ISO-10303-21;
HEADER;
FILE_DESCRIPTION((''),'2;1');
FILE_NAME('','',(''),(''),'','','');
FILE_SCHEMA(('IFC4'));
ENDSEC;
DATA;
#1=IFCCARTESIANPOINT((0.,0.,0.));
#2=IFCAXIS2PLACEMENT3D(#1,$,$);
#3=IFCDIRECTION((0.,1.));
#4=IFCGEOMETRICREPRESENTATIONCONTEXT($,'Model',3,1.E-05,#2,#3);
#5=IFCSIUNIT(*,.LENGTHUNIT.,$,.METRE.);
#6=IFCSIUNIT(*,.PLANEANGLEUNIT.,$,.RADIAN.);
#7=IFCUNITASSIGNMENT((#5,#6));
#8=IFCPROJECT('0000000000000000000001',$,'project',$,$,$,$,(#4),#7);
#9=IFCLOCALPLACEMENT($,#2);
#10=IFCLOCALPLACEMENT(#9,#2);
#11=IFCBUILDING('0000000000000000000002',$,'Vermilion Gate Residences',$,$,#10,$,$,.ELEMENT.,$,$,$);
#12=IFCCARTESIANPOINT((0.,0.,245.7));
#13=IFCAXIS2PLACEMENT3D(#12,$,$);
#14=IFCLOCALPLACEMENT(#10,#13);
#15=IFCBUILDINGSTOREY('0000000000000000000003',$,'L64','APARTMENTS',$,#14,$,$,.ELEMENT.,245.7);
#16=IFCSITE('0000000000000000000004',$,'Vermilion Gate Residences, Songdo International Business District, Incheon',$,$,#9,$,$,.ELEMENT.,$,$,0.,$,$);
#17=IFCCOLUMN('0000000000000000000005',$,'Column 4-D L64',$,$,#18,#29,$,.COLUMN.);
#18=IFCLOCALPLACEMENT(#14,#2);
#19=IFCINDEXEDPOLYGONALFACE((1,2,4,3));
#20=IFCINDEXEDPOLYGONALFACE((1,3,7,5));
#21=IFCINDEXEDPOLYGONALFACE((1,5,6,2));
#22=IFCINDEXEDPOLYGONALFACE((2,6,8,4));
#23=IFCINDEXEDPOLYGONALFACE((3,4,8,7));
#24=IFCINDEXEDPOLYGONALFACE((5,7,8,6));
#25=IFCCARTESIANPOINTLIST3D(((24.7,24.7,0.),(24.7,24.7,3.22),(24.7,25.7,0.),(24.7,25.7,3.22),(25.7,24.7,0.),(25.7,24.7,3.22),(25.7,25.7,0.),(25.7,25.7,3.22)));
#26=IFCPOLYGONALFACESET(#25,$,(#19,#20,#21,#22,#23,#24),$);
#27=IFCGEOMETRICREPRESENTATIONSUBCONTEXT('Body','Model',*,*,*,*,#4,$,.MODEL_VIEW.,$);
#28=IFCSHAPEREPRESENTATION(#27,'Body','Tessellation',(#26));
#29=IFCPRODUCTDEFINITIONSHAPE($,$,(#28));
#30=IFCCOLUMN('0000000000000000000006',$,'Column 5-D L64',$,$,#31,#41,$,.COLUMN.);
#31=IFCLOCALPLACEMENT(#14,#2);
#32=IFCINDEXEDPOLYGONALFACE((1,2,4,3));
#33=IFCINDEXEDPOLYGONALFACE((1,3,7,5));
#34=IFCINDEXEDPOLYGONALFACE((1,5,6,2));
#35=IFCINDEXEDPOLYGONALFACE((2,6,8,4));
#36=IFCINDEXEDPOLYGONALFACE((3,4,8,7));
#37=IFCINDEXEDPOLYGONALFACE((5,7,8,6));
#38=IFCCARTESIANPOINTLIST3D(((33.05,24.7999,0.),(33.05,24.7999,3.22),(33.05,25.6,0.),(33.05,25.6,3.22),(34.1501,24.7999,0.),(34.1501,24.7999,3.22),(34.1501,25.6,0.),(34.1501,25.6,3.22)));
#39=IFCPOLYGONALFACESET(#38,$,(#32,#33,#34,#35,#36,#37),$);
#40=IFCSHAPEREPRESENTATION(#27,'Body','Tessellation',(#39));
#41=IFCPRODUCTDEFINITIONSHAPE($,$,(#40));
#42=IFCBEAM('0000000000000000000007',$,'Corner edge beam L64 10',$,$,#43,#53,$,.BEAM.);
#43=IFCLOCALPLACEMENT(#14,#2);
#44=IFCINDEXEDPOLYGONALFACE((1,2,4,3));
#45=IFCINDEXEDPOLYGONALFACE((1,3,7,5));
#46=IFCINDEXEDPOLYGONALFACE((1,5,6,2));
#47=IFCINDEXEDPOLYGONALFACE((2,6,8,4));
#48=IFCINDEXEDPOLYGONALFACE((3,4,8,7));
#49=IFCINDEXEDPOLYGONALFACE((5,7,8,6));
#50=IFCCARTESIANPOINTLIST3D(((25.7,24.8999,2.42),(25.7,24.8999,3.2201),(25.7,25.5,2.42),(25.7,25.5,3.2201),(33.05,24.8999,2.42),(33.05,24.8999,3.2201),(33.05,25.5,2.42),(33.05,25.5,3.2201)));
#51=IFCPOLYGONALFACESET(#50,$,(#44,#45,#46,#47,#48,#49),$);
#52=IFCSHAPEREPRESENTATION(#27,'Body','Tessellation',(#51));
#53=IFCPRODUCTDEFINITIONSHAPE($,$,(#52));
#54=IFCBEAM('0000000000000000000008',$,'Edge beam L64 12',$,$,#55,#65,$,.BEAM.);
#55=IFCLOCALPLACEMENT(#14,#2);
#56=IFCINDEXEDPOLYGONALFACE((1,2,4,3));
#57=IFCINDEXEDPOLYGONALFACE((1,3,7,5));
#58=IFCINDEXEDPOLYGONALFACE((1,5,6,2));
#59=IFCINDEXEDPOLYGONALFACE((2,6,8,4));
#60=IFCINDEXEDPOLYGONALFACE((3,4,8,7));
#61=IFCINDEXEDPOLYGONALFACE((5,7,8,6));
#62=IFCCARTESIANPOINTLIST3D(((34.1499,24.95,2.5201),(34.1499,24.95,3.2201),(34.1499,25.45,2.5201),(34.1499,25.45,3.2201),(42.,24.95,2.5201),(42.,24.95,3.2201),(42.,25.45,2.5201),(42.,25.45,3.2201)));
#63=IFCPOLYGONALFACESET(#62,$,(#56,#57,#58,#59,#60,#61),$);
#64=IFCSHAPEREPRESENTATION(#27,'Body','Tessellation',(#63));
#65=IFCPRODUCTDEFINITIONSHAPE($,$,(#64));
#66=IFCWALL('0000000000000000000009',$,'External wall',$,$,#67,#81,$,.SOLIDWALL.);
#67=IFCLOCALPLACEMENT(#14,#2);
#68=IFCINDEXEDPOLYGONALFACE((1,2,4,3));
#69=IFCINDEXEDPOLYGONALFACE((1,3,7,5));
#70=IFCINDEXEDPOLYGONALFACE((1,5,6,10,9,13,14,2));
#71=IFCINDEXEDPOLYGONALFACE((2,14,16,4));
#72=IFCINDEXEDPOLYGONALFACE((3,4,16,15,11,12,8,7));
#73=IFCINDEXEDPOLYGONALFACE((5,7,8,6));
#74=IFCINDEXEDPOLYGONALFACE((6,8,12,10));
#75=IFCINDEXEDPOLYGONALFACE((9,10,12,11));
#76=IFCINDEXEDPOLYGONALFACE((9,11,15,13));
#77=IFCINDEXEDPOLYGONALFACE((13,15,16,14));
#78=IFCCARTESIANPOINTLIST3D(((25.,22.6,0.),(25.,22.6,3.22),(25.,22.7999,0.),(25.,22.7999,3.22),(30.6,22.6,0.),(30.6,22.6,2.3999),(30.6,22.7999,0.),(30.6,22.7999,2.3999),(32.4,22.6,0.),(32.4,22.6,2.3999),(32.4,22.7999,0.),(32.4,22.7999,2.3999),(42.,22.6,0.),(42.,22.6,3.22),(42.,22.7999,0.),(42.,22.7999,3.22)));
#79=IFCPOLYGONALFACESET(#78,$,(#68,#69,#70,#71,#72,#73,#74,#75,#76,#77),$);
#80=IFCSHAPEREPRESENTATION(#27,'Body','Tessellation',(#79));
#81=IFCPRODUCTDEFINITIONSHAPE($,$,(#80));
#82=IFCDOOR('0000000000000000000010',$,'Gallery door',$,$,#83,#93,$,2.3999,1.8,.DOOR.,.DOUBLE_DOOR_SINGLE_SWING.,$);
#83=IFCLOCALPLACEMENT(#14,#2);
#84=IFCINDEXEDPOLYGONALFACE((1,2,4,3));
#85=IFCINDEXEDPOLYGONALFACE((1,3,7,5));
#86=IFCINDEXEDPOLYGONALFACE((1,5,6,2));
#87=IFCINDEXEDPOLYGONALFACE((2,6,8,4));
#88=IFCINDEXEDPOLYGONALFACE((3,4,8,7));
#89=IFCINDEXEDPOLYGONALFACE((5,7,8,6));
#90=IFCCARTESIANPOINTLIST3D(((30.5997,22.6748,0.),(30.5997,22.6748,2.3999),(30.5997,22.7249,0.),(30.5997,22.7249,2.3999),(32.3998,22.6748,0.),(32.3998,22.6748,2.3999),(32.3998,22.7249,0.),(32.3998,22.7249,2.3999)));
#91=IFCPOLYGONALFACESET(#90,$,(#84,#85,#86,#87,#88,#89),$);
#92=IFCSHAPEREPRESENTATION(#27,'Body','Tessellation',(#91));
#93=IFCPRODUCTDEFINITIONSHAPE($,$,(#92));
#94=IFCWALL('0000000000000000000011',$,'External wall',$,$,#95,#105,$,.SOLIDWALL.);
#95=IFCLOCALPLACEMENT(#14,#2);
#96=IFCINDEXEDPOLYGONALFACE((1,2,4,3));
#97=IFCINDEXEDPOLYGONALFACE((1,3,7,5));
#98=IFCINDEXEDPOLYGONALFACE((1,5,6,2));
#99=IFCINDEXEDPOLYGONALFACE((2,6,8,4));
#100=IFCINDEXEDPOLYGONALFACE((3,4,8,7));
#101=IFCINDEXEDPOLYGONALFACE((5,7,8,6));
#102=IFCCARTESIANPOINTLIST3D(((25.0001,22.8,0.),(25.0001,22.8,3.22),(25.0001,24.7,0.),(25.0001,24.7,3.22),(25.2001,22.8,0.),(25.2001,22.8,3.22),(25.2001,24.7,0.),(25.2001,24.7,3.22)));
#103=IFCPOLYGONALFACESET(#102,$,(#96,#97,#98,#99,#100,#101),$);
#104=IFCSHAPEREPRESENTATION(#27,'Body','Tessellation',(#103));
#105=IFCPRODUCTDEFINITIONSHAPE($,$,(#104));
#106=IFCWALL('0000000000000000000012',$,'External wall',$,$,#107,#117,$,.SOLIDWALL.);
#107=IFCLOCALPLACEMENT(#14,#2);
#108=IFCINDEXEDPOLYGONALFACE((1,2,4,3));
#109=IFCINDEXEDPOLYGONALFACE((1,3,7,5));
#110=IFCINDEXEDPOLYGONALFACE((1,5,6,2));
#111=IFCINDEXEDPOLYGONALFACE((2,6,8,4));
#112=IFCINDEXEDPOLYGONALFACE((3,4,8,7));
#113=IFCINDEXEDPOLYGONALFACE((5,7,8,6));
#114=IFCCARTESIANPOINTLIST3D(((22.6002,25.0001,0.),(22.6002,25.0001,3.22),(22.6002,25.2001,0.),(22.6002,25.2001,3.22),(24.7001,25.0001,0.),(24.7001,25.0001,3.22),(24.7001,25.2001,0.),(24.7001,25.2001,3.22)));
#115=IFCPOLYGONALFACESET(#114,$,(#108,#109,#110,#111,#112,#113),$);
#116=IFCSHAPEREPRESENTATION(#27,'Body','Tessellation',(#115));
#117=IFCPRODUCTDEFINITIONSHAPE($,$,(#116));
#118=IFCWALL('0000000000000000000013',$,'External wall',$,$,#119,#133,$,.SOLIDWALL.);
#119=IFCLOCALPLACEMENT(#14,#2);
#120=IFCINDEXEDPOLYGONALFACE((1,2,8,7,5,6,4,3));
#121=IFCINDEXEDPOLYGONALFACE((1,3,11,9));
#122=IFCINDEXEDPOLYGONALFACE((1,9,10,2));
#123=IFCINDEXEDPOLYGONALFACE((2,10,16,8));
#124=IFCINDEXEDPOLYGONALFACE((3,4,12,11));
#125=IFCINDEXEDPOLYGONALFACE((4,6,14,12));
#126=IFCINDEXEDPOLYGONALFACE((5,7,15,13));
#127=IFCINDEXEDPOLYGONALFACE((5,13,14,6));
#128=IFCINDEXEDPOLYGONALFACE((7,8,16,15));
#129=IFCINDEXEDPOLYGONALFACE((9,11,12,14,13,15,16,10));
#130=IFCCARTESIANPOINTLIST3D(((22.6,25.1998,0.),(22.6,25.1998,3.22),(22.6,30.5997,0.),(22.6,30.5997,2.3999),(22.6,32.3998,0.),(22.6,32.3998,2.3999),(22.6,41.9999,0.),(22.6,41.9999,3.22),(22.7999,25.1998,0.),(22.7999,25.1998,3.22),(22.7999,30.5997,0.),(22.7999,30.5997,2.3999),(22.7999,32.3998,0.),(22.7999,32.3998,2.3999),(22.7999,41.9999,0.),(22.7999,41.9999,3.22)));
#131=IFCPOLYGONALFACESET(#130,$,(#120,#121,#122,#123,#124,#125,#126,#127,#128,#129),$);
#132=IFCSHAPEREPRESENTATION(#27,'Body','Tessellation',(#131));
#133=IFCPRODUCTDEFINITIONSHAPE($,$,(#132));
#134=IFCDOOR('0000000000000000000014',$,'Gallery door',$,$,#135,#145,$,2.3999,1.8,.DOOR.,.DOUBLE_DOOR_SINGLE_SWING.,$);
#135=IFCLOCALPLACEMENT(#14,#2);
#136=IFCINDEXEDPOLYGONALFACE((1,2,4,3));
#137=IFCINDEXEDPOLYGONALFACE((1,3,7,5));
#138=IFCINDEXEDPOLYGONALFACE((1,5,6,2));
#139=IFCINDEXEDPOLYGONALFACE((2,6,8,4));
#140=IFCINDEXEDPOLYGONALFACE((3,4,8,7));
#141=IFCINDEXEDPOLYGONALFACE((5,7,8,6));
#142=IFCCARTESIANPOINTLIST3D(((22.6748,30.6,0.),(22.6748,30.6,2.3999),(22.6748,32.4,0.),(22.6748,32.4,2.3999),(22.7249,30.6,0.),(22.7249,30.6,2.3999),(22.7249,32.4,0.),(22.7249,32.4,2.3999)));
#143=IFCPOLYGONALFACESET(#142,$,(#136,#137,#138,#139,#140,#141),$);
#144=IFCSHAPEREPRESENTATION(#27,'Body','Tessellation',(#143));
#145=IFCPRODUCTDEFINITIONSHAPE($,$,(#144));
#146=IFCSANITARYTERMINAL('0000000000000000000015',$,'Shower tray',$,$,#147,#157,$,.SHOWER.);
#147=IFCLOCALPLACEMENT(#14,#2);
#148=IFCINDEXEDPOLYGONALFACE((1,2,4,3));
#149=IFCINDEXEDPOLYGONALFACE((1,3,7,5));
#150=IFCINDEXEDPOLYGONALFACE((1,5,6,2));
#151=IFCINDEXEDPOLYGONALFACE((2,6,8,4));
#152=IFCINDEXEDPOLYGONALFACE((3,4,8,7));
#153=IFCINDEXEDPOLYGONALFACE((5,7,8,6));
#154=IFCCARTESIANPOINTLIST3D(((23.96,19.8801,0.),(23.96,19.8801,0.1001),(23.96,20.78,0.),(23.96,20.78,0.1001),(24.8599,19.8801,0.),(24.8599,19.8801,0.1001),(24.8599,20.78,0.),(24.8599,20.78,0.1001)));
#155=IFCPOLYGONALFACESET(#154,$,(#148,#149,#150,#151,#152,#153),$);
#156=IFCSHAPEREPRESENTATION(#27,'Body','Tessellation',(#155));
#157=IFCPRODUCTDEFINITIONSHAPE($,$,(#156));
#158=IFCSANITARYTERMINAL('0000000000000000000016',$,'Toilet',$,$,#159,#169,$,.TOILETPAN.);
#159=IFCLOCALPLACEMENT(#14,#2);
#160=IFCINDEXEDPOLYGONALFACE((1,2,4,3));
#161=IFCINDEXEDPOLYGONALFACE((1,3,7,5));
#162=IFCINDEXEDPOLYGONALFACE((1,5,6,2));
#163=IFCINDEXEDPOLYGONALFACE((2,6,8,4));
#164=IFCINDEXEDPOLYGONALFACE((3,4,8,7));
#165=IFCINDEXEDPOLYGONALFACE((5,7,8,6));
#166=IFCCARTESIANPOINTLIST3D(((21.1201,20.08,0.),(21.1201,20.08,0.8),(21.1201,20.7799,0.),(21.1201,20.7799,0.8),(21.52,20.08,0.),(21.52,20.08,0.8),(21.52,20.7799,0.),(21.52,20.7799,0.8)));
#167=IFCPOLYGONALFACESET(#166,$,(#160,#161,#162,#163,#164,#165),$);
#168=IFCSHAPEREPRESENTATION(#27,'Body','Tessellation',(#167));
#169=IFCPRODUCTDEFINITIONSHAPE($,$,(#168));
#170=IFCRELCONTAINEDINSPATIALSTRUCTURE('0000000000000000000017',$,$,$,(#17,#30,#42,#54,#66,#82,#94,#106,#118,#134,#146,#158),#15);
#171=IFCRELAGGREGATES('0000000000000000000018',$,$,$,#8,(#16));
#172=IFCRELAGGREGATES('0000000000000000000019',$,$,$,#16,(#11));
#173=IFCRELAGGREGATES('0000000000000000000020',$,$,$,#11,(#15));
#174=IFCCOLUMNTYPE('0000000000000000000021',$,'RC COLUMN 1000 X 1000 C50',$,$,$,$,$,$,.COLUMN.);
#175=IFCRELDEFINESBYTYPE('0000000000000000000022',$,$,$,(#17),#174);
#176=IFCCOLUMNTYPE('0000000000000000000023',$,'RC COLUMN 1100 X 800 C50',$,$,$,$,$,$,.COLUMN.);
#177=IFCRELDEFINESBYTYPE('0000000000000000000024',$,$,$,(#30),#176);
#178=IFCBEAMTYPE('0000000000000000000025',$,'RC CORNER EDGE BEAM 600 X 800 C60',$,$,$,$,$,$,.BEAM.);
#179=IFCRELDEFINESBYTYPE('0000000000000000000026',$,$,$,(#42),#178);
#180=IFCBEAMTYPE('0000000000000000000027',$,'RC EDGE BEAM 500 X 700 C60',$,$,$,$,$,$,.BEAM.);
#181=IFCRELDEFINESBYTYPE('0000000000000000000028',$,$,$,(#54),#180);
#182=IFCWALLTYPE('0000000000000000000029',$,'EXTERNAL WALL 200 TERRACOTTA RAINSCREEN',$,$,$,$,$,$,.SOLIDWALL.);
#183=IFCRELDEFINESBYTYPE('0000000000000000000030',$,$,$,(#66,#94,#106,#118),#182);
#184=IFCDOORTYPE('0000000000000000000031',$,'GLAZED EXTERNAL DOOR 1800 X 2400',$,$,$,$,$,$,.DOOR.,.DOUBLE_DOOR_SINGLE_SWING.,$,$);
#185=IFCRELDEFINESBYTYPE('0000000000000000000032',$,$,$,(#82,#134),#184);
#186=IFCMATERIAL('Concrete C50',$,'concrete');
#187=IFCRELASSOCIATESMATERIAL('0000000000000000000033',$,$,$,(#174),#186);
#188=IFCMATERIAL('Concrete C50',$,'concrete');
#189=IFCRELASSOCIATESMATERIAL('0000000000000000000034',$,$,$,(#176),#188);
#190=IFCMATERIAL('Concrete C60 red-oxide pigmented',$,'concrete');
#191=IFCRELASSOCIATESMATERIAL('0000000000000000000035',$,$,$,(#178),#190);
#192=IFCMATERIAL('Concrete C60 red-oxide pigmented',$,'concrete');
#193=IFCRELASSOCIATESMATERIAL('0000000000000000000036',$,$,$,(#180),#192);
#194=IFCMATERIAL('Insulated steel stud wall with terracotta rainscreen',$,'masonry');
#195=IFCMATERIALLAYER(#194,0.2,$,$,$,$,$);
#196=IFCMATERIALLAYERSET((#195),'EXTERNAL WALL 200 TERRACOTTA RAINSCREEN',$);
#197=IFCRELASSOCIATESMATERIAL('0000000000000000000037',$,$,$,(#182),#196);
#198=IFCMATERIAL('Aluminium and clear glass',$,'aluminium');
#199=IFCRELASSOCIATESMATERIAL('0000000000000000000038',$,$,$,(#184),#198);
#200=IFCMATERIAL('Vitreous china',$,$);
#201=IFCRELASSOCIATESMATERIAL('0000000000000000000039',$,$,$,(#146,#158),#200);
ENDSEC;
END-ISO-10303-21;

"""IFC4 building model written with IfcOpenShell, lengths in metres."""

from ifc_helpers import new_model, si_unit, direction, frame, frame_2d, origin, origin_2d, place, context, subcontext, project, spatial, rectangle, extrude, material, layer, layer_set, material_profile, profile_set, type_object, element, fill, save


model = new_model("IFC4")

# Units and contexts
model_context = context("Model", 3, precision=1e-05, world=origin(), true_north=direction((0.0, 1.0)))
body_context = subcontext(model_context, "Body", "Model", "MODEL_VIEW")
ifc_project = project(units=[si_unit("LENGTHUNIT", "METRE"), si_unit("PLANEANGLEUNIT", "RADIAN")], contexts=[model_context])

# Site, building, storey
site_placement = place(None, origin())
site = spatial("IfcSite", under=ifc_project, at=site_placement, Name="Vermilion Gate Residences, Songdo International Business District, Incheon", CompositionType="ELEMENT", RefElevation=0.0)
building_placement = place(site_placement, origin())
building = spatial("IfcBuilding", under=site, at=building_placement, Name="Vermilion Gate Residences", CompositionType="ELEMENT")
storey_placement = place(building_placement, frame((0.0, 0.0, 245.7)))
storey = spatial("IfcBuildingStorey", under=building, at=storey_placement, Name="L64", Description="APARTMENTS", CompositionType="ELEMENT", Elevation=245.7)

# Columns
ifc_material_1 = material(Name="Concrete C50", Category="concrete")
ifc_material_profile_1 = material_profile(ifc_material_1, rectangle(XDim=1.0, YDim=1.0, at=origin_2d()), Name="RC-1000x1000")
ifc_profile_set_1 = profile_set([ifc_material_profile_1], Name="Concrete C50")
column_type_1 = type_object("IfcColumnType", Name="RC COLUMN 1000 X 1000 C50", PredefinedType="COLUMN", material=ifc_profile_set_1)
column_1_placement = place(storey_placement, frame((25.2, 25.2, 0.0), z_axis=(0.0, 0.0, 1.0), x_axis=(1.0, 0.0, 0.0)))
element("IfcColumn", 1, at=column_1_placement, inside=storey, type_object=column_type_1, Name="Column 4-D L64", PredefinedType="COLUMN", context=body_context, shape_type="SweptSolid", body=[
    extrude(rectangle(XDim=1.0, YDim=1.0, at=origin_2d()), origin(), (0.0, 0.0, 1.0), 3.22),
])
ifc_material_2 = material(Name="Concrete C50", Category="concrete")
ifc_material_profile_2 = material_profile(ifc_material_2, rectangle(XDim=1.1001, YDim=0.8, at=origin_2d()), Name="RC-1100x800")
ifc_profile_set_2 = profile_set([ifc_material_profile_2], Name="Concrete C50")
column_type_2 = type_object("IfcColumnType", Name="RC COLUMN 1100 X 800 C50", PredefinedType="COLUMN", material=ifc_profile_set_2)
column_2_placement = place(storey_placement, frame((33.6001, 25.2, 0.0), z_axis=(0.0, 0.0, 1.0), x_axis=(1.0, 0.0, 0.0)))
element("IfcColumn", 2, at=column_2_placement, inside=storey, type_object=column_type_2, Name="Column 5-D L64", PredefinedType="COLUMN", context=body_context, shape_type="SweptSolid", body=[
    extrude(rectangle(XDim=1.1001, YDim=0.8, at=origin_2d()), origin(), (0.0, 0.0, 1.0), 3.22),
])

# Beams
ifc_material_3 = material(Name="Concrete C60 red-oxide pigmented", Category="concrete")
ifc_material_profile_3 = material_profile(ifc_material_3, rectangle(XDim=0.6001, YDim=0.8, at=origin_2d()), Name="RC-600x800")
ifc_profile_set_3 = profile_set([ifc_material_profile_3], Name="Concrete C60 red-oxide pigmented")
beam_type_1 = type_object("IfcBeamType", Name="RC CORNER EDGE BEAM 600 X 800 C60", PredefinedType="BEAM", material=ifc_profile_set_3)
beam_1_placement = place(storey_placement, frame((25.7, 25.2, 2.8201), z_axis=(1.0, 0.0, 0.0), x_axis=(0.0, 1.0, 0.0)))
element("IfcBeam", 3, at=beam_1_placement, inside=storey, type_object=beam_type_1, Name="Corner edge beam L64 10", PredefinedType="BEAM", context=body_context, shape_type="SweptSolid", body=[
    extrude(rectangle(XDim=0.6001, YDim=0.8, at=origin_2d()), origin(), (0.0, 0.0, 1.0), 7.3501),
])
ifc_material_4 = material(Name="Concrete C60 red-oxide pigmented", Category="concrete")
ifc_material_profile_4 = material_profile(ifc_material_4, rectangle(XDim=0.5, YDim=0.7, at=origin_2d()), Name="RC-500x700")
ifc_profile_set_4 = profile_set([ifc_material_profile_4], Name="Concrete C60 red-oxide pigmented")
beam_type_2 = type_object("IfcBeamType", Name="RC EDGE BEAM 500 X 700 C60", PredefinedType="BEAM", material=ifc_profile_set_4)
beam_2_placement = place(storey_placement, frame((34.1499, 25.2, 2.8701), z_axis=(1.0, 0.0, 0.0), x_axis=(0.0, 1.0, 0.0)))
element("IfcBeam", 4, at=beam_2_placement, inside=storey, type_object=beam_type_2, Name="Edge beam L64 12", PredefinedType="BEAM", context=body_context, shape_type="SweptSolid", body=[
    extrude(rectangle(XDim=0.5, YDim=0.7, at=origin_2d()), origin(), (0.0, 0.0, 1.0), 7.8501),
])

# Wall, opening, door
ifc_material_5 = material(Name="Insulated steel stud wall with terracotta rainscreen", Category="masonry")
ifc_layer = layer(ifc_material_5, 0.2)
ifc_layer_set = layer_set([ifc_layer], Name="EXTERNAL WALL 200 TERRACOTTA RAINSCREEN")
wall_type = type_object("IfcWallType", Name="EXTERNAL WALL 200 TERRACOTTA RAINSCREEN", PredefinedType="SOLIDWALL", material=ifc_layer_set)
wall_1_placement = place(storey_placement, frame((42.0, 22.7, 0.0), z_axis=(0.0, 0.0, 1.0), x_axis=(-1.0, 0.0, 0.0)))
wall_1 = element("IfcWall", 5, at=wall_1_placement, inside=storey, type_object=wall_type, Name="External wall", PredefinedType="SOLIDWALL", context=body_context, shape_type="SweptSolid", body=[
    extrude(rectangle(XDim=17.0, YDim=0.2, at=frame_2d((8.5, 0.0))), origin(), (0.0, 0.0, 1.0), 3.22),
])
opening_1_placement = place(wall_1_placement, frame((9.6001, 0.0, 0.0)))
opening_1 = element("IfcOpeningElement", 6, at=opening_1_placement, cuts=wall_1, PredefinedType="OPENING", context=body_context, shape_type="SweptSolid", body=[
    extrude(rectangle(XDim=1.8, YDim=2.3999, at=frame_2d((0.8999, 1.2))), frame((0.0, 0.1099, 0.0), z_axis=(0.0, -1.0, 0.0), x_axis=(1.0, 0.0, 0.0)), (0.0, 0.0, 1.0), 0.22),
])
ifc_material_6 = material(Name="Aluminium and clear glass", Category="aluminium")
door_type = type_object("IfcDoorType", Name="GLAZED EXTERNAL DOOR 1800 X 2400", OperationType="DOUBLE_DOOR_SINGLE_SWING", PredefinedType="DOOR", material=ifc_material_6)
door_1_placement = place(opening_1_placement, frame((1.8, 0.0, 0.0), z_axis=(0.0, 0.0, 1.0), x_axis=(-1.0, 0.0, 0.0)))
door_1 = element("IfcDoor", 7, at=door_1_placement, inside=storey, type_object=door_type, Name="Gallery door", OperationType="DOUBLE_DOOR_SINGLE_SWING", OverallHeight=2.3999, OverallWidth=1.8, PredefinedType="DOOR", context=body_context, shape_type="SweptSolid", body=[
    extrude(rectangle(XDim=1.8, YDim=2.3999, at=frame_2d((0.8999, 1.2))), frame((0.0, 0.0249, 0.0), z_axis=(0.0, -1.0, 0.0), x_axis=(1.0, 0.0, 0.0)), (0.0, 0.0, 1.0), 0.05),
])
fill(opening_1, door_1)

# Walls
wall_2_placement = place(storey_placement, frame((25.1001, 22.8, 0.0), z_axis=(0.0, 0.0, 1.0), x_axis=(0.0, 1.0, 0.0)))
element("IfcWall", 8, at=wall_2_placement, inside=storey, type_object=wall_type, Name="External wall", PredefinedType="SOLIDWALL", context=body_context, shape_type="SweptSolid", body=[
    extrude(rectangle(XDim=1.8999, YDim=0.2, at=frame_2d((0.95, 0.0))), origin(), (0.0, 0.0, 1.0), 3.22),
])
wall_3_placement = place(storey_placement, frame((24.7, 25.1001, 0.0), z_axis=(0.0, 0.0, 1.0), x_axis=(-1.0, 0.0, 0.0)))
element("IfcWall", 9, at=wall_3_placement, inside=storey, type_object=wall_type, Name="External wall", PredefinedType="SOLIDWALL", context=body_context, shape_type="SweptSolid", body=[
    extrude(rectangle(XDim=2.0999, YDim=0.2, at=frame_2d((1.0498, 0.0))), origin(), (0.0, 0.0, 1.0), 3.22),
])

# Wall, opening, door
wall_4_placement = place(storey_placement, frame((22.7, 25.2, 0.0), z_axis=(0.0, 0.0, 1.0), x_axis=(0.0, 1.0, 0.0)))
wall_4 = element("IfcWall", 10, at=wall_4_placement, inside=storey, type_object=wall_type, Name="External wall", PredefinedType="SOLIDWALL", context=body_context, shape_type="SweptSolid", body=[
    extrude(rectangle(XDim=16.8, YDim=0.2, at=frame_2d((8.3999, 0.0))), origin(), (0.0, 0.0, 1.0), 3.22),
])
opening_2_placement = place(wall_4_placement, frame((5.3999, 0.0, 0.0)))
opening_2 = element("IfcOpeningElement", 11, at=opening_2_placement, cuts=wall_4, PredefinedType="OPENING", context=body_context, shape_type="SweptSolid", body=[
    extrude(rectangle(XDim=1.8, YDim=2.3999, at=frame_2d((0.8999, 1.2))), frame((0.0, 0.1099, 0.0), z_axis=(0.0, -1.0, 0.0), x_axis=(1.0, 0.0, 0.0)), (0.0, 0.0, 1.0), 0.22),
])
door_2_placement = place(opening_2_placement, frame((1.8, 0.0, 0.0), z_axis=(0.0, 0.0, 1.0), x_axis=(-1.0, 0.0, 0.0)))
door_2 = element("IfcDoor", 12, at=door_2_placement, inside=storey, type_object=door_type, Name="Gallery door", OperationType="DOUBLE_DOOR_SINGLE_SWING", OverallHeight=2.3999, OverallWidth=1.8, PredefinedType="DOOR", context=body_context, shape_type="SweptSolid", body=[
    extrude(rectangle(XDim=1.8, YDim=2.3999, at=frame_2d((0.8999, 1.2))), frame((0.0, 0.0249, 0.0), z_axis=(0.0, -1.0, 0.0), x_axis=(1.0, 0.0, 0.0)), (0.0, 0.0, 1.0), 0.05),
])
fill(opening_2, door_2)

# Sanitary terminals
ifc_material_7 = material(Name="Vitreous china")
sanitary_terminal_1_placement = place(storey_placement, frame((24.4099, 20.3301, 0.0), z_axis=(0.0, 0.0, 1.0), x_axis=(1.0, 0.0, 0.0)))
element("IfcSanitaryTerminal", 13, at=sanitary_terminal_1_placement, inside=storey, material=ifc_material_7, Name="Shower tray", PredefinedType="SHOWER", context=body_context, shape_type="SweptSolid", body=[
    extrude(rectangle(XDim=0.8999, YDim=0.8999, at=origin_2d()), origin(), (0.0, 0.0, 1.0), 0.1001),
])
sanitary_terminal_2_placement = place(storey_placement, frame((21.3201, 20.4299, 0.0), z_axis=(0.0, 0.0, 1.0), x_axis=(1.0, 0.0, 0.0)))
element("IfcSanitaryTerminal", 14, at=sanitary_terminal_2_placement, inside=storey, material=ifc_material_7, Name="Toilet", PredefinedType="TOILETPAN", context=body_context, shape_type="SweptSolid", body=[
    extrude(rectangle(XDim=0.3999, YDim=0.7, at=origin_2d()), origin(), (0.0, 0.0, 1.0), 0.8),
])

save(model, "model.ifc")
